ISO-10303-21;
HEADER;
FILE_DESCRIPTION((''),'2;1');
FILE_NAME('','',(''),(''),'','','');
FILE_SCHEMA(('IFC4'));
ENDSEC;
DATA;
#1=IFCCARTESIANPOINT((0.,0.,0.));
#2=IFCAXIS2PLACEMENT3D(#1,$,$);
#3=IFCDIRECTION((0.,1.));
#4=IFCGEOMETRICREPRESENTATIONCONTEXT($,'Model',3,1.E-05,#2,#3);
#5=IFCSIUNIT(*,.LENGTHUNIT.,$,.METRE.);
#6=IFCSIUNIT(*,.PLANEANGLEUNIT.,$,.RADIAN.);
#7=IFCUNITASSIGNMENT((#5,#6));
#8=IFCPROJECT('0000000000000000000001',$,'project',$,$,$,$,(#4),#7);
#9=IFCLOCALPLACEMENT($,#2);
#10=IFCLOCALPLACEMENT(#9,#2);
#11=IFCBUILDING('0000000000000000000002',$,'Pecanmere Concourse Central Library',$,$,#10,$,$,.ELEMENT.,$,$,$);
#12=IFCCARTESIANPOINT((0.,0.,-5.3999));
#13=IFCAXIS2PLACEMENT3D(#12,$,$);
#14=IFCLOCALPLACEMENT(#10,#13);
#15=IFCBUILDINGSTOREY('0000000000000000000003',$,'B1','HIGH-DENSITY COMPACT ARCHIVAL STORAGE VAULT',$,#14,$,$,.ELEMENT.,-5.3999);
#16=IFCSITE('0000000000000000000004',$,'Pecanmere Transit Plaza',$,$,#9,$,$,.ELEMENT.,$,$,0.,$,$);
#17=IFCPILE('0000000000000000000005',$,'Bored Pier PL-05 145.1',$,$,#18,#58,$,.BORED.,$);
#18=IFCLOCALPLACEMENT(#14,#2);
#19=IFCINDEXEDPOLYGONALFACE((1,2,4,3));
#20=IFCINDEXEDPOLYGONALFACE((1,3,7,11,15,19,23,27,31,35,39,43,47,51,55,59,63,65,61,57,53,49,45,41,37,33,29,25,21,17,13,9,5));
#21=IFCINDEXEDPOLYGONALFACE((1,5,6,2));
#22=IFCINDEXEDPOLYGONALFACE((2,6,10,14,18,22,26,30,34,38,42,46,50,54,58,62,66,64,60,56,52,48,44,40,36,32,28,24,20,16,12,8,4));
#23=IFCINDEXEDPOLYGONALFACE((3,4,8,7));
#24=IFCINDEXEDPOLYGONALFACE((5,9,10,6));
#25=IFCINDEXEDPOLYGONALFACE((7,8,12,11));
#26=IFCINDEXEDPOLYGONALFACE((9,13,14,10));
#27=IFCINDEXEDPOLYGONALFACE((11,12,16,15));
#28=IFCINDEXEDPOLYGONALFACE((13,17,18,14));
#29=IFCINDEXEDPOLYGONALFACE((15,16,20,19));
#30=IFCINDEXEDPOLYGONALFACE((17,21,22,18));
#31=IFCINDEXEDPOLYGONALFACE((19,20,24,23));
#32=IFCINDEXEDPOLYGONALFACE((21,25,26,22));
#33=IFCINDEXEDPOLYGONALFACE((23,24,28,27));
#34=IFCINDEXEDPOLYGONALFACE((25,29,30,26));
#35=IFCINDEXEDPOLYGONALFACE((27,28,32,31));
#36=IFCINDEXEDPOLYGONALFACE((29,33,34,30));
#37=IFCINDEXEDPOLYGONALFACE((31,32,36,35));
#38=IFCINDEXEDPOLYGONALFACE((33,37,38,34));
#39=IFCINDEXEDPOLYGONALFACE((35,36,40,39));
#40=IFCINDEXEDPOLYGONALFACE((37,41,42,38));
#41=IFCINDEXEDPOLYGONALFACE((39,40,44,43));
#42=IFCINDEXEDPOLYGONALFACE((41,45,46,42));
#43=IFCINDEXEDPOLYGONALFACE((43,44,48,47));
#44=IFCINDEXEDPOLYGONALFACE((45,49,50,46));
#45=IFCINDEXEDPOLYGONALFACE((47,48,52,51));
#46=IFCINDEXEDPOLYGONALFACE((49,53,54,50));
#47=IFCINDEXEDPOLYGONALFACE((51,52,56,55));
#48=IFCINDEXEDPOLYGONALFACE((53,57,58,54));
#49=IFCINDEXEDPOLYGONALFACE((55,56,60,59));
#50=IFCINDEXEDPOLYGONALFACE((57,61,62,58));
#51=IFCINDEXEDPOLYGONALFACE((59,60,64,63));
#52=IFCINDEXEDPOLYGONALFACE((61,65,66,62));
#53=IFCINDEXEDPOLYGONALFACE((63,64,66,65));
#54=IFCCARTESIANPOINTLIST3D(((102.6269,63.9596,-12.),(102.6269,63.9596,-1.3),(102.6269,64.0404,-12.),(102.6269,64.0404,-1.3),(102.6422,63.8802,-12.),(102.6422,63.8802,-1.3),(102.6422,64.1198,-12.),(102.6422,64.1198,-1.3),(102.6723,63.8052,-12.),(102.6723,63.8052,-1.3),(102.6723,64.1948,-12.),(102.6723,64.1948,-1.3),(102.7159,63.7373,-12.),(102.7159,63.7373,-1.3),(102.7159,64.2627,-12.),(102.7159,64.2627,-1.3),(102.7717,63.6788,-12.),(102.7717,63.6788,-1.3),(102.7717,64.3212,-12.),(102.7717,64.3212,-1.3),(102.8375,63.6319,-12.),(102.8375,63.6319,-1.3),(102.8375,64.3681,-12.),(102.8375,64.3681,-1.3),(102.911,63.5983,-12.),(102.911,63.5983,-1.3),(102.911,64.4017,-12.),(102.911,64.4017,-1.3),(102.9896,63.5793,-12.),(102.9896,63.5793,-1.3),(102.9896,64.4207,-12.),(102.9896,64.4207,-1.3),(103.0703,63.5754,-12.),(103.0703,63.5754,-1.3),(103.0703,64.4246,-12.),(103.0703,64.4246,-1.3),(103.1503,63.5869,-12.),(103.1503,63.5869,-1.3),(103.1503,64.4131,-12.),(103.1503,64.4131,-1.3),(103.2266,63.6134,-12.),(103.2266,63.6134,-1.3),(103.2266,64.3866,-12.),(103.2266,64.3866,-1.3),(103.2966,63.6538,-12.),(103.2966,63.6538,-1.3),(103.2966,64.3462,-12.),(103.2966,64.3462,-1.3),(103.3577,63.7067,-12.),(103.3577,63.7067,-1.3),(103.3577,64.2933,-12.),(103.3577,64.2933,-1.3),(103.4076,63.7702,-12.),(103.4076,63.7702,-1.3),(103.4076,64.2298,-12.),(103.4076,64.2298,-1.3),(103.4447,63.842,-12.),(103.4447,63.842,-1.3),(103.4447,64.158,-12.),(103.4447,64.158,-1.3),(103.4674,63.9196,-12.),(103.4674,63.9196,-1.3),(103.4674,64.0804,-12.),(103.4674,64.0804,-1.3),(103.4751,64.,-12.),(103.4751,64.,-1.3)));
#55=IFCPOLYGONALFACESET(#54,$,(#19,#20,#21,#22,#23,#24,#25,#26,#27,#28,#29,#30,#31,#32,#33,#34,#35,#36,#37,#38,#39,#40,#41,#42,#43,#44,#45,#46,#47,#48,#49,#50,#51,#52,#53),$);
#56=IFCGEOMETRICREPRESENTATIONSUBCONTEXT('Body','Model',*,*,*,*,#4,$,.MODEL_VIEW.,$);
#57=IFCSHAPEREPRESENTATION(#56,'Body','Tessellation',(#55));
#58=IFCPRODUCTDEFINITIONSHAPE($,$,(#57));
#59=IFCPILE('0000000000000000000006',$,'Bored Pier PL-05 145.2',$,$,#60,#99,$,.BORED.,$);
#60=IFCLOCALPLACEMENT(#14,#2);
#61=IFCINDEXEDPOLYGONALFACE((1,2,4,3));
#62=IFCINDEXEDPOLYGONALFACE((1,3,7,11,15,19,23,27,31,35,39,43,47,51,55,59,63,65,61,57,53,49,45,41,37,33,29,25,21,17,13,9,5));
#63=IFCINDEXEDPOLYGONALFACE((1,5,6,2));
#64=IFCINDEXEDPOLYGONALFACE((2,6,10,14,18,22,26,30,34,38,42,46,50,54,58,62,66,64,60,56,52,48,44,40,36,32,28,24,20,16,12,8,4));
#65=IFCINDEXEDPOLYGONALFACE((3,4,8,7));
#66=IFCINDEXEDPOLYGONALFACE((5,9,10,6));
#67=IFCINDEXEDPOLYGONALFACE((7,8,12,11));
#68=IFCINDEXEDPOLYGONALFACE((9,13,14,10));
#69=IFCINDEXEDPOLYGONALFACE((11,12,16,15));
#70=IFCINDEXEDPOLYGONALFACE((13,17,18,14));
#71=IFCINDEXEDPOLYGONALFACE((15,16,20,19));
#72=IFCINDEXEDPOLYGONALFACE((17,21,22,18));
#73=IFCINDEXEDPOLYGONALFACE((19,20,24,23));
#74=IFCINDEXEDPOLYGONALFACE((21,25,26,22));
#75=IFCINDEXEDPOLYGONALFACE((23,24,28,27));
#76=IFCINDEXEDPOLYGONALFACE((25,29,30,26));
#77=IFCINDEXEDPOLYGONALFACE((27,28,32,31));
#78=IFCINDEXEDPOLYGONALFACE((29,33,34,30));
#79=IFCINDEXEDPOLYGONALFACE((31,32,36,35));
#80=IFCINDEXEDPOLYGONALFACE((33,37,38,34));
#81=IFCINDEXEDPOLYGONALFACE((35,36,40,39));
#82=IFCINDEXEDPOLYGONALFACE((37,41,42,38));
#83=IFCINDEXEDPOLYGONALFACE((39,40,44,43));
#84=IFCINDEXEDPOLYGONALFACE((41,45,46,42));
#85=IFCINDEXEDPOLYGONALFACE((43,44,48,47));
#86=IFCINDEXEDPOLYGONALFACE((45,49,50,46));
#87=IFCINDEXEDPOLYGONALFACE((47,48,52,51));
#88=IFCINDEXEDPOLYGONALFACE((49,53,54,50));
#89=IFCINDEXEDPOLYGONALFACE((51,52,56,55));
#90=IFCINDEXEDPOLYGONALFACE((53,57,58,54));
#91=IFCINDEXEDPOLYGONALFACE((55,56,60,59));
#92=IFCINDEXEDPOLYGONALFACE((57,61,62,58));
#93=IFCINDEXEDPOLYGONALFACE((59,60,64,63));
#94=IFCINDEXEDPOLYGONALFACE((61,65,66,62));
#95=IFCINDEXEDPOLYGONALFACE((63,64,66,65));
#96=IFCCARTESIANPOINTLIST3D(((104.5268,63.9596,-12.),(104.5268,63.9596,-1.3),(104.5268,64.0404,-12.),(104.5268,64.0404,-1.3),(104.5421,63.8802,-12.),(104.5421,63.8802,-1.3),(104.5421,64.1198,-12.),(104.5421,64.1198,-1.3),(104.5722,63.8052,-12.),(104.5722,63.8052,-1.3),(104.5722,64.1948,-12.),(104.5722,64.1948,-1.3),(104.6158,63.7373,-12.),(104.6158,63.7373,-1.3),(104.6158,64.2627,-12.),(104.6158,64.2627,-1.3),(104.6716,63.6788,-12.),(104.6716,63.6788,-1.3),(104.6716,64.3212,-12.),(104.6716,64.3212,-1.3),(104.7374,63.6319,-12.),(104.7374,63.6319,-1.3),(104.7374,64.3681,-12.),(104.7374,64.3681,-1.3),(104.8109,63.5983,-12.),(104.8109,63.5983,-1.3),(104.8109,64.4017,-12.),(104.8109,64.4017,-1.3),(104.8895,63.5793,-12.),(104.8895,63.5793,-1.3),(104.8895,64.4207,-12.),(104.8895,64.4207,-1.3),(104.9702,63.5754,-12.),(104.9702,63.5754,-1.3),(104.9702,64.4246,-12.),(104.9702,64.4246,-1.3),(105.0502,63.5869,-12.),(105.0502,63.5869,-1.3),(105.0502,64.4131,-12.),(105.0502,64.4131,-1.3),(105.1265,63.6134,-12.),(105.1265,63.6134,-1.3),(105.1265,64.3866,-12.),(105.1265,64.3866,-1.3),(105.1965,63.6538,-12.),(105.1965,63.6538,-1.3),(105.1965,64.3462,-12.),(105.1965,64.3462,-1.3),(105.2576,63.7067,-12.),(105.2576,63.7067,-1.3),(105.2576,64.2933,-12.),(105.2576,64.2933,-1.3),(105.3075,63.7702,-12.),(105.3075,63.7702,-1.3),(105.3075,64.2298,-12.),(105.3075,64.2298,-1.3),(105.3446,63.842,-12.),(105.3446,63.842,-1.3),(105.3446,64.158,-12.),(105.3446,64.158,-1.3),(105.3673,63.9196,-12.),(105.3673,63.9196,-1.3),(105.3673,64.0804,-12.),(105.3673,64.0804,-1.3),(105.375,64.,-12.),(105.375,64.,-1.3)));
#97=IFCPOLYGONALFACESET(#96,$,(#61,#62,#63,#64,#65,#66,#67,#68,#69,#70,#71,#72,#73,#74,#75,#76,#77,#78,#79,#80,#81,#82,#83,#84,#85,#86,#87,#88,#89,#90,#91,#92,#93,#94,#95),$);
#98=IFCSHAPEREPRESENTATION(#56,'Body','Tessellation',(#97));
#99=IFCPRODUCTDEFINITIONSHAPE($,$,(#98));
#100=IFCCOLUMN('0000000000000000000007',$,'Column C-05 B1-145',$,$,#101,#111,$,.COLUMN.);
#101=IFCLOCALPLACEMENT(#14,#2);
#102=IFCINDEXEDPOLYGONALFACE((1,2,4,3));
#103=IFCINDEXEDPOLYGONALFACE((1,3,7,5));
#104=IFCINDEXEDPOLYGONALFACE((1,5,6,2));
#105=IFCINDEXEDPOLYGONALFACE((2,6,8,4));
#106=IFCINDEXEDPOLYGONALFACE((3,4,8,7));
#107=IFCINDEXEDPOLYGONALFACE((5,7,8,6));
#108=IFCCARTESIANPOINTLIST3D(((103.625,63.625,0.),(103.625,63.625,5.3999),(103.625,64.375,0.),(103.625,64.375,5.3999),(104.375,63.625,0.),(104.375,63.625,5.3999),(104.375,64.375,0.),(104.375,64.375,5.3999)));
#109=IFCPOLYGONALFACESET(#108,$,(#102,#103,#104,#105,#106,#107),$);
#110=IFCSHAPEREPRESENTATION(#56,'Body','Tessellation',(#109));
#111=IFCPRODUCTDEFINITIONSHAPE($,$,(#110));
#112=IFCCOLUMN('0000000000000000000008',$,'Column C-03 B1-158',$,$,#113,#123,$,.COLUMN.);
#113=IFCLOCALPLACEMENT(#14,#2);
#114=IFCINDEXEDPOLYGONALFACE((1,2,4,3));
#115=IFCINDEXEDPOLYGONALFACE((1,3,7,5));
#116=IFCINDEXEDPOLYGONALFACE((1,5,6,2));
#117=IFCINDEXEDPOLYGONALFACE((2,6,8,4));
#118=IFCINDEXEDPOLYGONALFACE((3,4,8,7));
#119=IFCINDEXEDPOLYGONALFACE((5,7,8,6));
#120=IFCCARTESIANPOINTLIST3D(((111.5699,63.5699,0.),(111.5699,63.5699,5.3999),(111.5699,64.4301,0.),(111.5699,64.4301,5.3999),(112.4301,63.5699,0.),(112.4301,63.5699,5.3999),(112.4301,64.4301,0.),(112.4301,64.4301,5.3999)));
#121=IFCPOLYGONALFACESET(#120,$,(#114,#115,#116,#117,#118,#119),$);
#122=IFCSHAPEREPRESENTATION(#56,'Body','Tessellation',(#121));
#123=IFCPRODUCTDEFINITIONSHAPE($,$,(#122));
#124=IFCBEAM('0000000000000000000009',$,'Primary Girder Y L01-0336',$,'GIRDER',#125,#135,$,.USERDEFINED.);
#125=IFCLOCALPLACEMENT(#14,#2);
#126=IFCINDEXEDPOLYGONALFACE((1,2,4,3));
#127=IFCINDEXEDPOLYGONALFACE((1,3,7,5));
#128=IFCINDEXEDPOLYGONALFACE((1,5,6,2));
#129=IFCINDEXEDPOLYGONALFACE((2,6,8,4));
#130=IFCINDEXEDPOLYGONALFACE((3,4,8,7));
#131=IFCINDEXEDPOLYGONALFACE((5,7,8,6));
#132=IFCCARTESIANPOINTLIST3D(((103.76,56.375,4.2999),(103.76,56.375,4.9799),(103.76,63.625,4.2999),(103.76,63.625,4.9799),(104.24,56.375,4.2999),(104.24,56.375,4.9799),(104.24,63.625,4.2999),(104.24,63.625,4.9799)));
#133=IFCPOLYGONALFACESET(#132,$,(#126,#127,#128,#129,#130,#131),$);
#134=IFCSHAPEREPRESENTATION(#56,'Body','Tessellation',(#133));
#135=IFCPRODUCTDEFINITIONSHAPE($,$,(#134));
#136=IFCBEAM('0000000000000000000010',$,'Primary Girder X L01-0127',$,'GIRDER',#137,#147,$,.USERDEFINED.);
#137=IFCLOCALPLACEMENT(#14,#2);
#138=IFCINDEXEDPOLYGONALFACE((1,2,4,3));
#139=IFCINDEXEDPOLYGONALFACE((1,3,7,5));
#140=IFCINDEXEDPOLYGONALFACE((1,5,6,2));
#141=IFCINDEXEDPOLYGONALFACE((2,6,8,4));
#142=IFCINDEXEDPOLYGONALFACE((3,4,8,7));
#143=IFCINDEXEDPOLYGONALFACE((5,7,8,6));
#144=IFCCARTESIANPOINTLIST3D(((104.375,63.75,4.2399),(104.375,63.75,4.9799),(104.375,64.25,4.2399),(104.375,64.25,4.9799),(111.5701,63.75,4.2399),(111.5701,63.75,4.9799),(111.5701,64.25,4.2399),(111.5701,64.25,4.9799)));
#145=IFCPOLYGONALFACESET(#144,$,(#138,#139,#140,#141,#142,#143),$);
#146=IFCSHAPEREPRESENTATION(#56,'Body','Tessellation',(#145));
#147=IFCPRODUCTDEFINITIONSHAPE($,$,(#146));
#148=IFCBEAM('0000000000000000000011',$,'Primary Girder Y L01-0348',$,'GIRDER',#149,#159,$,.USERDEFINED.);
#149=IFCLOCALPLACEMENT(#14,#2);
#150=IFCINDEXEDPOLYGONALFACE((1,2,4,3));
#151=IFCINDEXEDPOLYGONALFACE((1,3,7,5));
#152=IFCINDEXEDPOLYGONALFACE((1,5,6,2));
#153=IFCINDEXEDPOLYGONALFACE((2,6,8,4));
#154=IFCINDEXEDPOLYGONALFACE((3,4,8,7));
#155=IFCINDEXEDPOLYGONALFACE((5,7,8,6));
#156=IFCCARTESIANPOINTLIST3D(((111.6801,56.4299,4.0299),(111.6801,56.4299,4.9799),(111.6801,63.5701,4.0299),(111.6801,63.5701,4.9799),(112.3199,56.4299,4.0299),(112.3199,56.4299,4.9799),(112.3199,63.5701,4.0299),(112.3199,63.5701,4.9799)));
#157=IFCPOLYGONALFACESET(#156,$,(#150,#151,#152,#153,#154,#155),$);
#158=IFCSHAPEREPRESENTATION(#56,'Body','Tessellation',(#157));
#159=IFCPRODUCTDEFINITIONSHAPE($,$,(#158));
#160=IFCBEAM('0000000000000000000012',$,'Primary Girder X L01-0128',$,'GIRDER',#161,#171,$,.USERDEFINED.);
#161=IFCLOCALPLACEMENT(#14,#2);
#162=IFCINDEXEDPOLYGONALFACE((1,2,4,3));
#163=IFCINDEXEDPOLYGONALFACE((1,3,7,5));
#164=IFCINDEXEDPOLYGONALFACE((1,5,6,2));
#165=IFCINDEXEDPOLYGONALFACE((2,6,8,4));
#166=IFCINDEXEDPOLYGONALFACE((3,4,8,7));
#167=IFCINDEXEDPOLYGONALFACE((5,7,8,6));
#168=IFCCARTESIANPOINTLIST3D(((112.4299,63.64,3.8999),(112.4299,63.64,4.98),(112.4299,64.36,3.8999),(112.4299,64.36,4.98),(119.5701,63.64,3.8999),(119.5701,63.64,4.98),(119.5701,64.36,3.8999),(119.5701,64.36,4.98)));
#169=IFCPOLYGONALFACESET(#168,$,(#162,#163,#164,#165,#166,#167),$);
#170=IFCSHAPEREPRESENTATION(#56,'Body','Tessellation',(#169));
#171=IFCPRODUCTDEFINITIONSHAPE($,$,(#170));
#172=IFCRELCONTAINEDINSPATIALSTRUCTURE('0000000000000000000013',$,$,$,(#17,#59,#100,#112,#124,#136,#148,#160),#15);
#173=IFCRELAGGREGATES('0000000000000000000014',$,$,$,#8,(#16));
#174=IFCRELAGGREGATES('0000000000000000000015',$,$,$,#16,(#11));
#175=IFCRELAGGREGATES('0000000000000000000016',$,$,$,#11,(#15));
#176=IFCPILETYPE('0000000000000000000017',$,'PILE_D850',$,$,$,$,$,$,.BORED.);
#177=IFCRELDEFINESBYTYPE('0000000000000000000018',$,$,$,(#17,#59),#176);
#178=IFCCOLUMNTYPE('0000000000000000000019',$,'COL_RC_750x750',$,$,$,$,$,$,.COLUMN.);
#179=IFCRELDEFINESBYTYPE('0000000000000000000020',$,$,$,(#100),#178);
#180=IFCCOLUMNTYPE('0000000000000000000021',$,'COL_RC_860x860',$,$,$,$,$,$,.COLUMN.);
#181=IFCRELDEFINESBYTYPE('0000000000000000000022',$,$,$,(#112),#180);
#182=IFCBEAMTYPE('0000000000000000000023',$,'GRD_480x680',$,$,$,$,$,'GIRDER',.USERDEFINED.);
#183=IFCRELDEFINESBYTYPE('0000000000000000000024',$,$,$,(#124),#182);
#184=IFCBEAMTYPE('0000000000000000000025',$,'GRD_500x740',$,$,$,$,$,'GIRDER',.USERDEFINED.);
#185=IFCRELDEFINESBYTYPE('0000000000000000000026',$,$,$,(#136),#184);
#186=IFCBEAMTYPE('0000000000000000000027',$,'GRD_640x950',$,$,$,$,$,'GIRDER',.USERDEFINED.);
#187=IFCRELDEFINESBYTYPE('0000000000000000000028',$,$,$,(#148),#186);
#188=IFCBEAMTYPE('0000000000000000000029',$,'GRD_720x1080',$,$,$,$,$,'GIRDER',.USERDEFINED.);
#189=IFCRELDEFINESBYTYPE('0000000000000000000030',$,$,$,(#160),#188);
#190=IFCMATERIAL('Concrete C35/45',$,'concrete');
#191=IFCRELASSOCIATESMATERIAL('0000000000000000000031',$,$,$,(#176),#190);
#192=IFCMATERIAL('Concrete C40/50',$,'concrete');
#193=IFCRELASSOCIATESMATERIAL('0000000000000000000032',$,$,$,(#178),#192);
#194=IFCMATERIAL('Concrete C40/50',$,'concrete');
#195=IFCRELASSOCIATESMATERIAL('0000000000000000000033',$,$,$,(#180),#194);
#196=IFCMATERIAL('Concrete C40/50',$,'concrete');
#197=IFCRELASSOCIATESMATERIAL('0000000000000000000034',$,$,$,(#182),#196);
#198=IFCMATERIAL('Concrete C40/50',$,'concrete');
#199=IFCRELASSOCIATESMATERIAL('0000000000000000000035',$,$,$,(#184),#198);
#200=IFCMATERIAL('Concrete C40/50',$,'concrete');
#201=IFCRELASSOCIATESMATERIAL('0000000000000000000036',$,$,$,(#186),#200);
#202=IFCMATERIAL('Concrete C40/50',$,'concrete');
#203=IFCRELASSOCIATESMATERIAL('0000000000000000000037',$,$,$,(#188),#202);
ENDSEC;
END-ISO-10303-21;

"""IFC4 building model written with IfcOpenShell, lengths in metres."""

from ifc_helpers import new_model, si_unit, direction, frame, origin, origin_2d, place, context, subcontext, project, spatial, rectangle, circle, extrude, material, material_profile, profile_set, type_object, element, save


model = new_model("IFC4")

# Units and contexts
model_context = context("Model", 3, precision=1e-05, world=origin(), true_north=direction((0.0, 1.0)))
body_context = subcontext(model_context, "Body", "Model", "MODEL_VIEW")
ifc_project = project(units=[si_unit("LENGTHUNIT", "METRE"), si_unit("PLANEANGLEUNIT", "RADIAN")], contexts=[model_context])

# Site, building, storey
site_placement = place(None, origin())
site = spatial("IfcSite", under=ifc_project, at=site_placement, Name="Pecanmere Transit Plaza", CompositionType="ELEMENT", RefElevation=0.0)
building_placement = place(site_placement, origin())
building = spatial("IfcBuilding", under=site, at=building_placement, Name="Pecanmere Concourse Central Library", CompositionType="ELEMENT")
storey_placement = place(building_placement, frame((0.0, 0.0, -5.3999)))
storey = spatial("IfcBuildingStorey", under=building, at=storey_placement, Name="B1", Description="HIGH-DENSITY COMPACT ARCHIVAL STORAGE VAULT", CompositionType="ELEMENT", Elevation=-5.3999)

# Piles
ifc_material_1 = material(Name="Concrete C35/45", Category="concrete")
ifc_material_profile_1 = material_profile(ifc_material_1, circle(Radius=0.425, at=origin_2d()), Name="PIER D850")
ifc_profile_set_1 = profile_set([ifc_material_profile_1], Name="Concrete C35/45")
pile_type_1 = type_object("IfcPileType", Name="PILE_D850", PredefinedType="BORED", material=ifc_profile_set_1)
for number, where, z_axis, x_axis, name in (
    (1, (103.05, 64.0, -1.3), (0.0, 0.0, -1.0), (1.0, 0.0, 0.0), "Bored Pier PL-05 145.1"),
    (2, (104.95, 64.0, -1.3), (0.0, 0.0, -1.0), (1.0, 0.0, 0.0), "Bored Pier PL-05 145.2"),
):
    element("IfcPile", number, at=place(storey_placement, frame(where, z_axis=z_axis, x_axis=x_axis)), inside=storey, type_object=pile_type_1, Name=name, PredefinedType="BORED", context=body_context, shape_type="SweptSolid", body=[
        extrude(circle(Radius=0.425, at=origin_2d()), origin(), (0.0, 0.0, 1.0), 10.7),
    ])

# Columns
ifc_material_2 = material(Name="Concrete C40/50", Category="concrete")
ifc_material_profile_2 = material_profile(ifc_material_2, rectangle(XDim=0.75, YDim=0.75, at=origin_2d()), Name="RC 750x750")
ifc_profile_set_2 = profile_set([ifc_material_profile_2], Name="Concrete C40/50")
column_type_1 = type_object("IfcColumnType", Name="COL_RC_750x750", PredefinedType="COLUMN", material=ifc_profile_set_2)
column_1_placement = place(storey_placement, frame((104.0, 64.0, 0.0), z_axis=(0.0, 0.0, 1.0), x_axis=(1.0, 0.0, 0.0)))
element("IfcColumn", 3, at=column_1_placement, inside=storey, type_object=column_type_1, Name="Column C-05 B1-145", PredefinedType="COLUMN", context=body_context, shape_type="SweptSolid", body=[
    extrude(rectangle(XDim=0.75, YDim=0.75, at=origin_2d()), origin(), (0.0, 0.0, 1.0), 5.3999),
])
ifc_material_3 = material(Name="Concrete C40/50", Category="concrete")
ifc_material_profile_3 = material_profile(ifc_material_3, rectangle(XDim=0.8601, YDim=0.8601, at=origin_2d()), Name="RC 860x860")
ifc_profile_set_3 = profile_set([ifc_material_profile_3], Name="Concrete C40/50")
column_type_2 = type_object("IfcColumnType", Name="COL_RC_860x860", PredefinedType="COLUMN", material=ifc_profile_set_3)
column_2_placement = place(storey_placement, frame((112.0, 64.0, 0.0), z_axis=(0.0, 0.0, 1.0), x_axis=(1.0, 0.0, 0.0)))
element("IfcColumn", 4, at=column_2_placement, inside=storey, type_object=column_type_2, Name="Column C-03 B1-158", PredefinedType="COLUMN", context=body_context, shape_type="SweptSolid", body=[
    extrude(rectangle(XDim=0.8601, YDim=0.8601, at=origin_2d()), origin(), (0.0, 0.0, 1.0), 5.3999),
])

# Beams
ifc_material_4 = material(Name="Concrete C40/50", Category="concrete")
ifc_material_profile_4 = material_profile(ifc_material_4, rectangle(XDim=0.48, YDim=0.6799, at=origin_2d()), Name="RC 480x680")
ifc_profile_set_4 = profile_set([ifc_material_profile_4], Name="Concrete C40/50")
beam_type_1 = type_object("IfcBeamType", Name="GRD_480x680", ElementType="GIRDER", PredefinedType="USERDEFINED", material=ifc_profile_set_4)
beam_1_placement = place(storey_placement, frame((104.0, 56.375, 4.6399), z_axis=(0.0, 1.0, 0.0), x_axis=(-1.0, 0.0, 0.0)))
element("IfcBeam", 5, at=beam_1_placement, inside=storey, type_object=beam_type_1, Name="Primary Girder Y L01-0336", ObjectType="GIRDER", PredefinedType="USERDEFINED", context=body_context, shape_type="SweptSolid", body=[
    extrude(rectangle(XDim=0.48, YDim=0.6799, at=origin_2d()), origin(), (0.0, 0.0, 1.0), 7.25),
])
ifc_material_5 = material(Name="Concrete C40/50", Category="concrete")
ifc_material_profile_5 = material_profile(ifc_material_5, rectangle(XDim=0.5, YDim=0.74, at=origin_2d()), Name="RC 500x740")
ifc_profile_set_5 = profile_set([ifc_material_profile_5], Name="Concrete C40/50")
beam_type_2 = type_object("IfcBeamType", Name="GRD_500x740", ElementType="GIRDER", PredefinedType="USERDEFINED", material=ifc_profile_set_5)
beam_2_placement = place(storey_placement, frame((104.375, 64.0, 4.6099), z_axis=(1.0, 0.0, 0.0), x_axis=(0.0, 1.0, 0.0)))
element("IfcBeam", 6, at=beam_2_placement, inside=storey, type_object=beam_type_2, Name="Primary Girder X L01-0127", ObjectType="GIRDER", PredefinedType="USERDEFINED", context=body_context, shape_type="SweptSolid", body=[
    extrude(rectangle(XDim=0.5, YDim=0.74, at=origin_2d()), origin(), (0.0, 0.0, 1.0), 7.1951),
])
ifc_material_6 = material(Name="Concrete C40/50", Category="concrete")
ifc_material_profile_6 = material_profile(ifc_material_6, rectangle(XDim=0.6399, YDim=0.95, at=origin_2d()), Name="RC 640x950")
ifc_profile_set_6 = profile_set([ifc_material_profile_6], Name="Concrete C40/50")
beam_type_3 = type_object("IfcBeamType", Name="GRD_640x950", ElementType="GIRDER", PredefinedType="USERDEFINED", material=ifc_profile_set_6)
beam_3_placement = place(storey_placement, frame((112.0, 56.4299, 4.5049), z_axis=(0.0, 1.0, 0.0), x_axis=(-1.0, 0.0, 0.0)))
element("IfcBeam", 7, at=beam_3_placement, inside=storey, type_object=beam_type_3, Name="Primary Girder Y L01-0348", ObjectType="GIRDER", PredefinedType="USERDEFINED", context=body_context, shape_type="SweptSolid", body=[
    extrude(rectangle(XDim=0.6399, YDim=0.95, at=origin_2d()), origin(), (0.0, 0.0, 1.0), 7.1401),
])
ifc_material_7 = material(Name="Concrete C40/50", Category="concrete")
ifc_material_profile_7 = material_profile(ifc_material_7, rectangle(XDim=0.72, YDim=1.0801, at=origin_2d()), Name="RC 720x1080")
ifc_profile_set_7 = profile_set([ifc_material_profile_7], Name="Concrete C40/50")
beam_type_4 = type_object("IfcBeamType", Name="GRD_720x1080", ElementType="GIRDER", PredefinedType="USERDEFINED", material=ifc_profile_set_7)
beam_4_placement = place(storey_placement, frame((112.4299, 64.0, 4.4399), z_axis=(1.0, 0.0, 0.0), x_axis=(0.0, 1.0, 0.0)))
element("IfcBeam", 8, at=beam_4_placement, inside=storey, type_object=beam_type_4, Name="Primary Girder X L01-0128", ObjectType="GIRDER", PredefinedType="USERDEFINED", context=body_context, shape_type="SweptSolid", body=[
    extrude(rectangle(XDim=0.72, YDim=1.0801, at=origin_2d()), origin(), (0.0, 0.0, 1.0), 7.1401),
])

save(model, "model.ifc")
